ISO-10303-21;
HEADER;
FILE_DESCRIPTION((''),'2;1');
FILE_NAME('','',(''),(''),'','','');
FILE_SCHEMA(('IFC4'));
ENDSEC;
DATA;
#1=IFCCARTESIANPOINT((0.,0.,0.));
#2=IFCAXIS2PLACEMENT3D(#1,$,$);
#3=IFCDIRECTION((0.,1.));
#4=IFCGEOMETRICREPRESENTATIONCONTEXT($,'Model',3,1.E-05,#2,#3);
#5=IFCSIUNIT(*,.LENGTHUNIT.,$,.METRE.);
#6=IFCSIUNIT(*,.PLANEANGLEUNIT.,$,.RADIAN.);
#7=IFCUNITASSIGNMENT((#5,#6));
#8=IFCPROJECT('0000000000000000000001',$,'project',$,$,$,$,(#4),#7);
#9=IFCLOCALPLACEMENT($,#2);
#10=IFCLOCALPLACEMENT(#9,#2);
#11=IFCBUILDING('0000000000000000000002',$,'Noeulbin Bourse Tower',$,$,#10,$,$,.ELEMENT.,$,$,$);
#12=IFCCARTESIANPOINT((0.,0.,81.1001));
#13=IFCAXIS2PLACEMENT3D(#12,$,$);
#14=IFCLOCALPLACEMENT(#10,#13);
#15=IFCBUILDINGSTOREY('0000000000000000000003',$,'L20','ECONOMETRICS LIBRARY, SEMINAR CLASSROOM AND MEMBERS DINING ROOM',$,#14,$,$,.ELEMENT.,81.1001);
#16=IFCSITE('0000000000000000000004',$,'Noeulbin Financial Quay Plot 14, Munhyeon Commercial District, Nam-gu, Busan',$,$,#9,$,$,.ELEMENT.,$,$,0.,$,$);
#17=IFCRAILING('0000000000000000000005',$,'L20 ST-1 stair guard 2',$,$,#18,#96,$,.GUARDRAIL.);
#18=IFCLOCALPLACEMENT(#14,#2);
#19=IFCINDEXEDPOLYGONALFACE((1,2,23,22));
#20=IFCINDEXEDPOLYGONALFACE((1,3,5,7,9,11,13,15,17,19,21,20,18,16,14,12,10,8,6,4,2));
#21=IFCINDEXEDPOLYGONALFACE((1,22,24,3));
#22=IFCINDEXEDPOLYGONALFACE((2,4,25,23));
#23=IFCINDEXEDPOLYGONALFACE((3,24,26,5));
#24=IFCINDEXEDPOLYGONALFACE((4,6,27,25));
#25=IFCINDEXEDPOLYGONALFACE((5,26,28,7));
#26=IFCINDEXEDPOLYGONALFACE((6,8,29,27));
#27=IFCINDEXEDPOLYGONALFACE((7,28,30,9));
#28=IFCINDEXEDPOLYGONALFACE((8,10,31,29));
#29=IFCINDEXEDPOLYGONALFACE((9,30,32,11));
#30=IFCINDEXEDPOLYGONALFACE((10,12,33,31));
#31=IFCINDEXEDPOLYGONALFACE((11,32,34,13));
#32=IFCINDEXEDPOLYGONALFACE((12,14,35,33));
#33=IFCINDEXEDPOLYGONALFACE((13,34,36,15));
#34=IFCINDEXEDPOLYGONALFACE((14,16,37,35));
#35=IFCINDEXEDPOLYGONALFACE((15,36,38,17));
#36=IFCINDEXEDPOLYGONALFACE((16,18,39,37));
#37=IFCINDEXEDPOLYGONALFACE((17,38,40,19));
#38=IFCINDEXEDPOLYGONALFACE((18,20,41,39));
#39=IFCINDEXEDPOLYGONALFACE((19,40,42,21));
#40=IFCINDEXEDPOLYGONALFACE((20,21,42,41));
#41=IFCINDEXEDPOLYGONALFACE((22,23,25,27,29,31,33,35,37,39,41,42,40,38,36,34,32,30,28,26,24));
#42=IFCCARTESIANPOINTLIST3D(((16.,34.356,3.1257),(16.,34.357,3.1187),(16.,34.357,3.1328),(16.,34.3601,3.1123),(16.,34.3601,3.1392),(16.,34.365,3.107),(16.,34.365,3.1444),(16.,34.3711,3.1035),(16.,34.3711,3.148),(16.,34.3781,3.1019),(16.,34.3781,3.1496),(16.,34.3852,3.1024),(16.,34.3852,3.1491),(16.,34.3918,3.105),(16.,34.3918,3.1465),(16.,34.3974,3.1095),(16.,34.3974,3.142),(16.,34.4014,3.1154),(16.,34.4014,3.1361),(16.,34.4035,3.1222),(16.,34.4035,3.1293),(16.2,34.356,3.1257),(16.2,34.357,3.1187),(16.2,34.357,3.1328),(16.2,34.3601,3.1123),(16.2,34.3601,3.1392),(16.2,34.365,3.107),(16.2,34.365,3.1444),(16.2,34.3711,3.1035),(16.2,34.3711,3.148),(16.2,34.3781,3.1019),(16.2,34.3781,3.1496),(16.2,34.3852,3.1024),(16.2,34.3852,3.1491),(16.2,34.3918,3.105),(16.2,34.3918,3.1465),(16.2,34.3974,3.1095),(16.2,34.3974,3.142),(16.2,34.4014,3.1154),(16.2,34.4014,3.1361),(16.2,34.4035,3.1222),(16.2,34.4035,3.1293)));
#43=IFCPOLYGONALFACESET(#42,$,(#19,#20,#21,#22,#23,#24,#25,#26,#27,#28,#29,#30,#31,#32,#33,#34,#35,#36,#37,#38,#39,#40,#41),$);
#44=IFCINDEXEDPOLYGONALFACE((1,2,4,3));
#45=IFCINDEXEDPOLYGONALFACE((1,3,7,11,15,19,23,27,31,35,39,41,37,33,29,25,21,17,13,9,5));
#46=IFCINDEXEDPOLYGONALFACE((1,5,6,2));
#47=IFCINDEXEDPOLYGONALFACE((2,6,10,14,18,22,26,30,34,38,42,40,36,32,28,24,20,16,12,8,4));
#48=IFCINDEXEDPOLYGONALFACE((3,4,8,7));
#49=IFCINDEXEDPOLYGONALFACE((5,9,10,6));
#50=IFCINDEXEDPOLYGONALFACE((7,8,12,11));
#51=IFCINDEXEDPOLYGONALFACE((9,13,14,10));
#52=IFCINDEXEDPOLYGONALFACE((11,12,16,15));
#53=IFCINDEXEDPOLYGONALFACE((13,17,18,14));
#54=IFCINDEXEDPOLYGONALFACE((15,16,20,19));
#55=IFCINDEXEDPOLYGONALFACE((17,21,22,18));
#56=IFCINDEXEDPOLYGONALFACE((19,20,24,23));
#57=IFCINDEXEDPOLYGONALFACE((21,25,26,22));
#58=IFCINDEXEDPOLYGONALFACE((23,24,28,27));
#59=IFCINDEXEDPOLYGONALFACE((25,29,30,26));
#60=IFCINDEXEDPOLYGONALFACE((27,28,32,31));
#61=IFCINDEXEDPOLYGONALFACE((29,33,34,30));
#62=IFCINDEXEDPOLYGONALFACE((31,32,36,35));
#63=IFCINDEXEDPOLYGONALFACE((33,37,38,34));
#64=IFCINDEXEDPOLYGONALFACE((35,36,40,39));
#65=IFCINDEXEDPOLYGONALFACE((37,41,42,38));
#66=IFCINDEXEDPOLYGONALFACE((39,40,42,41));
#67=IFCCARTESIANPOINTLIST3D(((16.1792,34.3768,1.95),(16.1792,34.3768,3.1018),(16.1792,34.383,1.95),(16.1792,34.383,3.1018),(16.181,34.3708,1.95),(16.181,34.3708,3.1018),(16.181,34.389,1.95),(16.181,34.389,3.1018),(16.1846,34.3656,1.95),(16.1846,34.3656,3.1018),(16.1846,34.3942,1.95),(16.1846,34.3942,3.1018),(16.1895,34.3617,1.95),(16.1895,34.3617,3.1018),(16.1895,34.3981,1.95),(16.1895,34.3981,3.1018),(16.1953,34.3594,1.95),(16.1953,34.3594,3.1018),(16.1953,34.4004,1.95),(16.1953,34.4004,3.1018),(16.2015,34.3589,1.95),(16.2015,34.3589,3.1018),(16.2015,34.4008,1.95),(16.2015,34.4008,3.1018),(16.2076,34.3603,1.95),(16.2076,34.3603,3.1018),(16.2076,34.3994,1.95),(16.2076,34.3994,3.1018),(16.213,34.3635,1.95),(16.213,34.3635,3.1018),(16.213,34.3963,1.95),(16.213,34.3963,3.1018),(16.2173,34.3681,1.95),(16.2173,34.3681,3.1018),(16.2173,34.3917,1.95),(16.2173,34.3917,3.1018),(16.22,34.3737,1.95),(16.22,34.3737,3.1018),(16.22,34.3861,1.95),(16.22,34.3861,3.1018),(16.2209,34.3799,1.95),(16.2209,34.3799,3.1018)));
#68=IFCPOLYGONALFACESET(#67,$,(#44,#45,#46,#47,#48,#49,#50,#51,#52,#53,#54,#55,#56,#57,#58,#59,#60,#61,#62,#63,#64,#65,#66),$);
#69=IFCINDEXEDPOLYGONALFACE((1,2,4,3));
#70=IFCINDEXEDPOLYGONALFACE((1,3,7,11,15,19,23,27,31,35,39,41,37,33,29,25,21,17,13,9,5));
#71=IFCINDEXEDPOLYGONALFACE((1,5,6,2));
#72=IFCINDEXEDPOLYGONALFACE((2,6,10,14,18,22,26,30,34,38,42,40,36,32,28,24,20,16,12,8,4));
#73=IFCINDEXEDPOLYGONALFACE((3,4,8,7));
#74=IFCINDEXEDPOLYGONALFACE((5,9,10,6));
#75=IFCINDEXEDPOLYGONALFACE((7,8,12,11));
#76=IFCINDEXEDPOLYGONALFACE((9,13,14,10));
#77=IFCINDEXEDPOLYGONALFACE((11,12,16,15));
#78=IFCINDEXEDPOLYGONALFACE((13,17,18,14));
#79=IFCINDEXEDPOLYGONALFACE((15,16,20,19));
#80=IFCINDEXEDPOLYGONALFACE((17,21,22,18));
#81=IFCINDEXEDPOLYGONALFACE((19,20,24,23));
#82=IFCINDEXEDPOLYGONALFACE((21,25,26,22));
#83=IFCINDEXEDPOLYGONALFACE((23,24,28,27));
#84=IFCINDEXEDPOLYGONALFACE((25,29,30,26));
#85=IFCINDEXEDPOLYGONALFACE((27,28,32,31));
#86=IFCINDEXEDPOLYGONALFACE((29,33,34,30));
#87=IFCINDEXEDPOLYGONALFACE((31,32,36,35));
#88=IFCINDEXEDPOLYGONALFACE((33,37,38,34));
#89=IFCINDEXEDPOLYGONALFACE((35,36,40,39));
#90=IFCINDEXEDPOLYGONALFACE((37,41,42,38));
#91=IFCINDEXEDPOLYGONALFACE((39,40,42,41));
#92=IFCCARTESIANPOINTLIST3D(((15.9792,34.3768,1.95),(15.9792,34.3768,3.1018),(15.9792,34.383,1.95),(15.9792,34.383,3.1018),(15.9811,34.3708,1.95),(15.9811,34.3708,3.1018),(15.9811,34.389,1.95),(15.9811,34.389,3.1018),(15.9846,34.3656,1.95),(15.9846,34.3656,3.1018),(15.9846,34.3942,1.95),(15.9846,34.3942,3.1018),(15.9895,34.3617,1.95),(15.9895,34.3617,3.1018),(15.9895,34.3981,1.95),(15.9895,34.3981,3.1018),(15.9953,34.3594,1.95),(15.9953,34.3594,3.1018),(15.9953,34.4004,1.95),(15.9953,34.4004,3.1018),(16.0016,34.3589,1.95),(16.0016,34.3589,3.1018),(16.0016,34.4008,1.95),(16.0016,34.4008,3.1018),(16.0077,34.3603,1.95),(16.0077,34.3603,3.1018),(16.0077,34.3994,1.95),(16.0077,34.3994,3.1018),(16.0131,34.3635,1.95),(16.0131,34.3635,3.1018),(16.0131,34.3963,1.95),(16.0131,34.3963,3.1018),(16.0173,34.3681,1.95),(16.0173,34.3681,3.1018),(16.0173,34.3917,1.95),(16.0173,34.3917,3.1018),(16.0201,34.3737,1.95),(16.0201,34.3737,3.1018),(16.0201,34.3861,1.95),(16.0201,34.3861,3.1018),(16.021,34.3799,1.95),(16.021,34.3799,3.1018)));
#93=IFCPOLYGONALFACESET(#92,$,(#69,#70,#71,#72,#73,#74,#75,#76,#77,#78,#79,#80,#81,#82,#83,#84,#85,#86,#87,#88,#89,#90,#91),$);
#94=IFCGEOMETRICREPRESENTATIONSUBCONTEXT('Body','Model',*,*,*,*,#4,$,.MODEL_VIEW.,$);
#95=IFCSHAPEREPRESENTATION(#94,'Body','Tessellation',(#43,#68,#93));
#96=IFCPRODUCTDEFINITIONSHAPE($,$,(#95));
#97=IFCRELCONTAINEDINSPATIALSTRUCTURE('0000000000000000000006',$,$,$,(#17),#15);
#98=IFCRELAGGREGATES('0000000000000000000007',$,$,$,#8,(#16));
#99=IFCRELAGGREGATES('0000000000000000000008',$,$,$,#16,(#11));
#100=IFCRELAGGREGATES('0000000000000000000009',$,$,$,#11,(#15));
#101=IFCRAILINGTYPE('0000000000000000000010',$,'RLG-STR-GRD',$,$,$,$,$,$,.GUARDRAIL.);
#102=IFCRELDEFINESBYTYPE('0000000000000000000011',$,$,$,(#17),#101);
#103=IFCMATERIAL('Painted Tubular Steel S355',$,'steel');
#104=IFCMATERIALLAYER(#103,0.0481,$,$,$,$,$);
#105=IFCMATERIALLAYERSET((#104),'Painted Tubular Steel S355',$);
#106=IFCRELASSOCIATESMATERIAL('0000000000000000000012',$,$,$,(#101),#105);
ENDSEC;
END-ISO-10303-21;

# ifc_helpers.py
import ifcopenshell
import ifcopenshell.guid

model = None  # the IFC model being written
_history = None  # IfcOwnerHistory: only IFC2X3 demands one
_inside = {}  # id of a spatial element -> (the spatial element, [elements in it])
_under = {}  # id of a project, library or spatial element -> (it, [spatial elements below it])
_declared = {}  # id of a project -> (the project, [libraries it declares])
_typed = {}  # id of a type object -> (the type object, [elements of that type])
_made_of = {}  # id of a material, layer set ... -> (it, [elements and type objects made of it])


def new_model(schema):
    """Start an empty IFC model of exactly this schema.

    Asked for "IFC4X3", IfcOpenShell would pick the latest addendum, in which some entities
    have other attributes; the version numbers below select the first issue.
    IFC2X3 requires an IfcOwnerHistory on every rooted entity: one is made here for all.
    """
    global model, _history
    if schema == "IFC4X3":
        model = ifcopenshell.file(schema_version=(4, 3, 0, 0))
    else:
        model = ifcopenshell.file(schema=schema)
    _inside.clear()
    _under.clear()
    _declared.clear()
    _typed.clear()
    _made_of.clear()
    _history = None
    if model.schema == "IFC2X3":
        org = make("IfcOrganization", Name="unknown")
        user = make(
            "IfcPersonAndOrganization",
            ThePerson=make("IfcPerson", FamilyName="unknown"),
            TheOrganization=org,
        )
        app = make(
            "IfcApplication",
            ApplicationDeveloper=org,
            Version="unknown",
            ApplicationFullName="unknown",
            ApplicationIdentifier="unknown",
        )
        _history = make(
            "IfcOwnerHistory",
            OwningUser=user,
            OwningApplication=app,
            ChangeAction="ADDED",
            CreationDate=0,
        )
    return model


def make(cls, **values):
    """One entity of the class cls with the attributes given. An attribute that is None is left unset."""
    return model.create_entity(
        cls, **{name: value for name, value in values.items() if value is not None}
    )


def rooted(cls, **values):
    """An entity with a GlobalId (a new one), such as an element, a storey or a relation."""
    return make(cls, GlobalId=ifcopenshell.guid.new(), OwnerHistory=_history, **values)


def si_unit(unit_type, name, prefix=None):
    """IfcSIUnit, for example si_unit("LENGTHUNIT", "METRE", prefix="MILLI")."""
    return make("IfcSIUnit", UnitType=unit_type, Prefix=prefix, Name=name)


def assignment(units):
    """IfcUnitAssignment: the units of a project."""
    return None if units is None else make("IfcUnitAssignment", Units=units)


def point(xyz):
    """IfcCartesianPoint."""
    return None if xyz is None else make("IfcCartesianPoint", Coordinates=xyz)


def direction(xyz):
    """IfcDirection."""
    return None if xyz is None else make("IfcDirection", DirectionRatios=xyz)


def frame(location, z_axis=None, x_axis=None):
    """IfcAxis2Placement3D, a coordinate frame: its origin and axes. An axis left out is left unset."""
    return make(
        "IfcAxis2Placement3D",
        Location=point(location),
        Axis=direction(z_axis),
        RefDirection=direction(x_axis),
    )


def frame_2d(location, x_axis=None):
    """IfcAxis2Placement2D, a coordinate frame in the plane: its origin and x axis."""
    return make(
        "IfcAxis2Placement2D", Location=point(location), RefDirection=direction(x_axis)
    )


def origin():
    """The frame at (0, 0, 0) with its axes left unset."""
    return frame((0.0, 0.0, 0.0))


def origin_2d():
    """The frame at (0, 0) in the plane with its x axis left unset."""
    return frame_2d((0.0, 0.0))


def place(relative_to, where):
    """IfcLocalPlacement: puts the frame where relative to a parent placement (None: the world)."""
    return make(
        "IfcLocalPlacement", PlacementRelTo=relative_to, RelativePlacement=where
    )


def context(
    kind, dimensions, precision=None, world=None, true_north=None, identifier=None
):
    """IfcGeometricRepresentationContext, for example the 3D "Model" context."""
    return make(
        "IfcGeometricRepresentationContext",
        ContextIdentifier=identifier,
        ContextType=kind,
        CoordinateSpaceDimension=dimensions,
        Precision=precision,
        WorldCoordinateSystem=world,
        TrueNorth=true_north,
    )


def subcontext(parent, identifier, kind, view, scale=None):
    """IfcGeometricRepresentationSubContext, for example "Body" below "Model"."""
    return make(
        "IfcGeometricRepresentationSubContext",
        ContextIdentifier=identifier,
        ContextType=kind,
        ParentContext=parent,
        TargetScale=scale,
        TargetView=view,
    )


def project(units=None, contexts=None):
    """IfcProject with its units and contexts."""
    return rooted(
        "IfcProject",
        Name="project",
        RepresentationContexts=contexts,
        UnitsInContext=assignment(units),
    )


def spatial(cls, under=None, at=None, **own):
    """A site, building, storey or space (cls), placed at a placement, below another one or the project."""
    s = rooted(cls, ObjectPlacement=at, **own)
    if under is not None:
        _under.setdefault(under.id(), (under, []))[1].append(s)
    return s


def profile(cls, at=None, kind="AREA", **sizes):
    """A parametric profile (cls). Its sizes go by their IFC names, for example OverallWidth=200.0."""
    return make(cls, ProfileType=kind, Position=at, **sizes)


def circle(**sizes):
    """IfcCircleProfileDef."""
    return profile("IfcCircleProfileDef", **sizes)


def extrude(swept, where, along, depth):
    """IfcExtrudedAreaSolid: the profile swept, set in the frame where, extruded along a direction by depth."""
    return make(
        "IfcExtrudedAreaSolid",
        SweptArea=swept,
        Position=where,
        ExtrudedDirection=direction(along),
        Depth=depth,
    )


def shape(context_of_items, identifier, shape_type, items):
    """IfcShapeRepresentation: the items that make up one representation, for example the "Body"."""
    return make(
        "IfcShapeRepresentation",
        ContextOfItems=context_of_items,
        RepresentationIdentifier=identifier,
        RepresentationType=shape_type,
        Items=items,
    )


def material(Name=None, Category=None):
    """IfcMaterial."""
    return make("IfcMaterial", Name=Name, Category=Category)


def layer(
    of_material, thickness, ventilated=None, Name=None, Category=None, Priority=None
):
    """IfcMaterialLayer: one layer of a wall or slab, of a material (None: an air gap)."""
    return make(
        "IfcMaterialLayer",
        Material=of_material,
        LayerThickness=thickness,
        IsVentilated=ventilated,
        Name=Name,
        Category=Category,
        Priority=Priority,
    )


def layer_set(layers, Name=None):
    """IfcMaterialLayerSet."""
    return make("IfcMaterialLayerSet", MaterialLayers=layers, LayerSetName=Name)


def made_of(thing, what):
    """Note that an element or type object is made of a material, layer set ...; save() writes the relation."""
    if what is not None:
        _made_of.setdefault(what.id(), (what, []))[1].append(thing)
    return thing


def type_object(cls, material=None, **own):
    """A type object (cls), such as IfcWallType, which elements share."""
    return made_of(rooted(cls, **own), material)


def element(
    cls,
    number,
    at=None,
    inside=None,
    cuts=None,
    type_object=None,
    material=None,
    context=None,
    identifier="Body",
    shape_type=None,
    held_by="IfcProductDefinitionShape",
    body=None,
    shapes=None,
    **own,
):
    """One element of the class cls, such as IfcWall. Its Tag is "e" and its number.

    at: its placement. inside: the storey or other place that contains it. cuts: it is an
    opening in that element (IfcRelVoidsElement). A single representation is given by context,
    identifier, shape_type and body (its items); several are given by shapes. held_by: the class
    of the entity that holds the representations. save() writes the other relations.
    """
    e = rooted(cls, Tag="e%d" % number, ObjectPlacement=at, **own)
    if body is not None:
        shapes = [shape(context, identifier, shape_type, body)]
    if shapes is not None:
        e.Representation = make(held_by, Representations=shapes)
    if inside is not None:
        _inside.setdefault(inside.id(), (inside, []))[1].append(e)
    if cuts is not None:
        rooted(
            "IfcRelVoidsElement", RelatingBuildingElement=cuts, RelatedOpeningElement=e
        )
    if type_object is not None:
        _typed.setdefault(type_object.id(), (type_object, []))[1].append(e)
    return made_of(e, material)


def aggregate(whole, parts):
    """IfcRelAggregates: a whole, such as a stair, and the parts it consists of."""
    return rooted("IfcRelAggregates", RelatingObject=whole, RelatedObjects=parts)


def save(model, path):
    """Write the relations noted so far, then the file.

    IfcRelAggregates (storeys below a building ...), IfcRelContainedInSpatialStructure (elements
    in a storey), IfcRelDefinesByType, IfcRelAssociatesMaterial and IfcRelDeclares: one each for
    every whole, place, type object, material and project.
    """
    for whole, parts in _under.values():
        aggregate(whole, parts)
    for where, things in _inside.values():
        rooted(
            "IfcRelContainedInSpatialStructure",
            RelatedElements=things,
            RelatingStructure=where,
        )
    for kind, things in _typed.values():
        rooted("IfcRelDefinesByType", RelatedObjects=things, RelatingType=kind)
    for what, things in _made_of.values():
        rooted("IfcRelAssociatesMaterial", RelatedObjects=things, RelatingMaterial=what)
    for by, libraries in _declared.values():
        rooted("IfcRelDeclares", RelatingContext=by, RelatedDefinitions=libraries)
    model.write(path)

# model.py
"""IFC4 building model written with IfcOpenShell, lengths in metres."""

from ifc_helpers import new_model, si_unit, direction, frame, origin, origin_2d, place, context, subcontext, project, spatial, circle, extrude, material, layer, layer_set, type_object, element, save


model = new_model("IFC4")

# Units and contexts
model_context = context("Model", 3, precision=1e-05, world=origin(), true_north=direction((0.0, 1.0)))
body_context = subcontext(model_context, "Body", "Model", "MODEL_VIEW")
ifc_project = project(units=[si_unit("LENGTHUNIT", "METRE"), si_unit("PLANEANGLEUNIT", "RADIAN")], contexts=[model_context])

# Site, building, storey
site_placement = place(None, origin())
site = spatial("IfcSite", under=ifc_project, at=site_placement, Name="Noeulbin Financial Quay Plot 14, Munhyeon Commercial District, Nam-gu, Busan", CompositionType="ELEMENT", RefElevation=0.0)
building_placement = place(site_placement, origin())
building = spatial("IfcBuilding", under=site, at=building_placement, Name="Noeulbin Bourse Tower", CompositionType="ELEMENT")
storey_placement = place(building_placement, frame((0.0, 0.0, 81.1001)))
storey = spatial("IfcBuildingStorey", under=building, at=storey_placement, Name="L20", Description="ECONOMETRICS LIBRARY, SEMINAR CLASSROOM AND MEMBERS DINING ROOM", CompositionType="ELEMENT", Elevation=81.1001)

# Railing
ifc_material_1 = material(Name="Painted Tubular Steel S355", Category="steel")
ifc_layer_1 = layer(ifc_material_1, 0.0481)
ifc_layer_set_1 = layer_set([ifc_layer_1], Name="Painted Tubular Steel S355")
railing_type_1 = type_object("IfcRailingType", Name="RLG-STR-GRD", PredefinedType="GUARDRAIL", material=ifc_layer_set_1)
railing_1_placement = place(storey_placement, frame((16.2, 34.3799, 1.95)))
element("IfcRailing", 1, at=railing_1_placement, inside=storey, type_object=railing_type_1, Name="L20 ST-1 stair guard 2", PredefinedType="GUARDRAIL", context=body_context, shape_type="SweptSolid", body=[
    extrude(circle(Radius=0.0239, at=origin_2d()), frame((0.0, 0.0, 1.1758), z_axis=(-1.0, 0.0, 0.0), x_axis=(0.0, -1.0, 0.0)), (0.0, 0.0, 1.0), 0.2),
    extrude(circle(Radius=0.021, at=origin_2d()), origin(), (0.0, 0.0, 1.0), 1.1519),
    extrude(circle(Radius=0.021, at=origin_2d()), frame((-0.2, 0.0, 0.0)), (0.0, 0.0, 1.0), 1.1519),
])

save(model, "model.ifc")
